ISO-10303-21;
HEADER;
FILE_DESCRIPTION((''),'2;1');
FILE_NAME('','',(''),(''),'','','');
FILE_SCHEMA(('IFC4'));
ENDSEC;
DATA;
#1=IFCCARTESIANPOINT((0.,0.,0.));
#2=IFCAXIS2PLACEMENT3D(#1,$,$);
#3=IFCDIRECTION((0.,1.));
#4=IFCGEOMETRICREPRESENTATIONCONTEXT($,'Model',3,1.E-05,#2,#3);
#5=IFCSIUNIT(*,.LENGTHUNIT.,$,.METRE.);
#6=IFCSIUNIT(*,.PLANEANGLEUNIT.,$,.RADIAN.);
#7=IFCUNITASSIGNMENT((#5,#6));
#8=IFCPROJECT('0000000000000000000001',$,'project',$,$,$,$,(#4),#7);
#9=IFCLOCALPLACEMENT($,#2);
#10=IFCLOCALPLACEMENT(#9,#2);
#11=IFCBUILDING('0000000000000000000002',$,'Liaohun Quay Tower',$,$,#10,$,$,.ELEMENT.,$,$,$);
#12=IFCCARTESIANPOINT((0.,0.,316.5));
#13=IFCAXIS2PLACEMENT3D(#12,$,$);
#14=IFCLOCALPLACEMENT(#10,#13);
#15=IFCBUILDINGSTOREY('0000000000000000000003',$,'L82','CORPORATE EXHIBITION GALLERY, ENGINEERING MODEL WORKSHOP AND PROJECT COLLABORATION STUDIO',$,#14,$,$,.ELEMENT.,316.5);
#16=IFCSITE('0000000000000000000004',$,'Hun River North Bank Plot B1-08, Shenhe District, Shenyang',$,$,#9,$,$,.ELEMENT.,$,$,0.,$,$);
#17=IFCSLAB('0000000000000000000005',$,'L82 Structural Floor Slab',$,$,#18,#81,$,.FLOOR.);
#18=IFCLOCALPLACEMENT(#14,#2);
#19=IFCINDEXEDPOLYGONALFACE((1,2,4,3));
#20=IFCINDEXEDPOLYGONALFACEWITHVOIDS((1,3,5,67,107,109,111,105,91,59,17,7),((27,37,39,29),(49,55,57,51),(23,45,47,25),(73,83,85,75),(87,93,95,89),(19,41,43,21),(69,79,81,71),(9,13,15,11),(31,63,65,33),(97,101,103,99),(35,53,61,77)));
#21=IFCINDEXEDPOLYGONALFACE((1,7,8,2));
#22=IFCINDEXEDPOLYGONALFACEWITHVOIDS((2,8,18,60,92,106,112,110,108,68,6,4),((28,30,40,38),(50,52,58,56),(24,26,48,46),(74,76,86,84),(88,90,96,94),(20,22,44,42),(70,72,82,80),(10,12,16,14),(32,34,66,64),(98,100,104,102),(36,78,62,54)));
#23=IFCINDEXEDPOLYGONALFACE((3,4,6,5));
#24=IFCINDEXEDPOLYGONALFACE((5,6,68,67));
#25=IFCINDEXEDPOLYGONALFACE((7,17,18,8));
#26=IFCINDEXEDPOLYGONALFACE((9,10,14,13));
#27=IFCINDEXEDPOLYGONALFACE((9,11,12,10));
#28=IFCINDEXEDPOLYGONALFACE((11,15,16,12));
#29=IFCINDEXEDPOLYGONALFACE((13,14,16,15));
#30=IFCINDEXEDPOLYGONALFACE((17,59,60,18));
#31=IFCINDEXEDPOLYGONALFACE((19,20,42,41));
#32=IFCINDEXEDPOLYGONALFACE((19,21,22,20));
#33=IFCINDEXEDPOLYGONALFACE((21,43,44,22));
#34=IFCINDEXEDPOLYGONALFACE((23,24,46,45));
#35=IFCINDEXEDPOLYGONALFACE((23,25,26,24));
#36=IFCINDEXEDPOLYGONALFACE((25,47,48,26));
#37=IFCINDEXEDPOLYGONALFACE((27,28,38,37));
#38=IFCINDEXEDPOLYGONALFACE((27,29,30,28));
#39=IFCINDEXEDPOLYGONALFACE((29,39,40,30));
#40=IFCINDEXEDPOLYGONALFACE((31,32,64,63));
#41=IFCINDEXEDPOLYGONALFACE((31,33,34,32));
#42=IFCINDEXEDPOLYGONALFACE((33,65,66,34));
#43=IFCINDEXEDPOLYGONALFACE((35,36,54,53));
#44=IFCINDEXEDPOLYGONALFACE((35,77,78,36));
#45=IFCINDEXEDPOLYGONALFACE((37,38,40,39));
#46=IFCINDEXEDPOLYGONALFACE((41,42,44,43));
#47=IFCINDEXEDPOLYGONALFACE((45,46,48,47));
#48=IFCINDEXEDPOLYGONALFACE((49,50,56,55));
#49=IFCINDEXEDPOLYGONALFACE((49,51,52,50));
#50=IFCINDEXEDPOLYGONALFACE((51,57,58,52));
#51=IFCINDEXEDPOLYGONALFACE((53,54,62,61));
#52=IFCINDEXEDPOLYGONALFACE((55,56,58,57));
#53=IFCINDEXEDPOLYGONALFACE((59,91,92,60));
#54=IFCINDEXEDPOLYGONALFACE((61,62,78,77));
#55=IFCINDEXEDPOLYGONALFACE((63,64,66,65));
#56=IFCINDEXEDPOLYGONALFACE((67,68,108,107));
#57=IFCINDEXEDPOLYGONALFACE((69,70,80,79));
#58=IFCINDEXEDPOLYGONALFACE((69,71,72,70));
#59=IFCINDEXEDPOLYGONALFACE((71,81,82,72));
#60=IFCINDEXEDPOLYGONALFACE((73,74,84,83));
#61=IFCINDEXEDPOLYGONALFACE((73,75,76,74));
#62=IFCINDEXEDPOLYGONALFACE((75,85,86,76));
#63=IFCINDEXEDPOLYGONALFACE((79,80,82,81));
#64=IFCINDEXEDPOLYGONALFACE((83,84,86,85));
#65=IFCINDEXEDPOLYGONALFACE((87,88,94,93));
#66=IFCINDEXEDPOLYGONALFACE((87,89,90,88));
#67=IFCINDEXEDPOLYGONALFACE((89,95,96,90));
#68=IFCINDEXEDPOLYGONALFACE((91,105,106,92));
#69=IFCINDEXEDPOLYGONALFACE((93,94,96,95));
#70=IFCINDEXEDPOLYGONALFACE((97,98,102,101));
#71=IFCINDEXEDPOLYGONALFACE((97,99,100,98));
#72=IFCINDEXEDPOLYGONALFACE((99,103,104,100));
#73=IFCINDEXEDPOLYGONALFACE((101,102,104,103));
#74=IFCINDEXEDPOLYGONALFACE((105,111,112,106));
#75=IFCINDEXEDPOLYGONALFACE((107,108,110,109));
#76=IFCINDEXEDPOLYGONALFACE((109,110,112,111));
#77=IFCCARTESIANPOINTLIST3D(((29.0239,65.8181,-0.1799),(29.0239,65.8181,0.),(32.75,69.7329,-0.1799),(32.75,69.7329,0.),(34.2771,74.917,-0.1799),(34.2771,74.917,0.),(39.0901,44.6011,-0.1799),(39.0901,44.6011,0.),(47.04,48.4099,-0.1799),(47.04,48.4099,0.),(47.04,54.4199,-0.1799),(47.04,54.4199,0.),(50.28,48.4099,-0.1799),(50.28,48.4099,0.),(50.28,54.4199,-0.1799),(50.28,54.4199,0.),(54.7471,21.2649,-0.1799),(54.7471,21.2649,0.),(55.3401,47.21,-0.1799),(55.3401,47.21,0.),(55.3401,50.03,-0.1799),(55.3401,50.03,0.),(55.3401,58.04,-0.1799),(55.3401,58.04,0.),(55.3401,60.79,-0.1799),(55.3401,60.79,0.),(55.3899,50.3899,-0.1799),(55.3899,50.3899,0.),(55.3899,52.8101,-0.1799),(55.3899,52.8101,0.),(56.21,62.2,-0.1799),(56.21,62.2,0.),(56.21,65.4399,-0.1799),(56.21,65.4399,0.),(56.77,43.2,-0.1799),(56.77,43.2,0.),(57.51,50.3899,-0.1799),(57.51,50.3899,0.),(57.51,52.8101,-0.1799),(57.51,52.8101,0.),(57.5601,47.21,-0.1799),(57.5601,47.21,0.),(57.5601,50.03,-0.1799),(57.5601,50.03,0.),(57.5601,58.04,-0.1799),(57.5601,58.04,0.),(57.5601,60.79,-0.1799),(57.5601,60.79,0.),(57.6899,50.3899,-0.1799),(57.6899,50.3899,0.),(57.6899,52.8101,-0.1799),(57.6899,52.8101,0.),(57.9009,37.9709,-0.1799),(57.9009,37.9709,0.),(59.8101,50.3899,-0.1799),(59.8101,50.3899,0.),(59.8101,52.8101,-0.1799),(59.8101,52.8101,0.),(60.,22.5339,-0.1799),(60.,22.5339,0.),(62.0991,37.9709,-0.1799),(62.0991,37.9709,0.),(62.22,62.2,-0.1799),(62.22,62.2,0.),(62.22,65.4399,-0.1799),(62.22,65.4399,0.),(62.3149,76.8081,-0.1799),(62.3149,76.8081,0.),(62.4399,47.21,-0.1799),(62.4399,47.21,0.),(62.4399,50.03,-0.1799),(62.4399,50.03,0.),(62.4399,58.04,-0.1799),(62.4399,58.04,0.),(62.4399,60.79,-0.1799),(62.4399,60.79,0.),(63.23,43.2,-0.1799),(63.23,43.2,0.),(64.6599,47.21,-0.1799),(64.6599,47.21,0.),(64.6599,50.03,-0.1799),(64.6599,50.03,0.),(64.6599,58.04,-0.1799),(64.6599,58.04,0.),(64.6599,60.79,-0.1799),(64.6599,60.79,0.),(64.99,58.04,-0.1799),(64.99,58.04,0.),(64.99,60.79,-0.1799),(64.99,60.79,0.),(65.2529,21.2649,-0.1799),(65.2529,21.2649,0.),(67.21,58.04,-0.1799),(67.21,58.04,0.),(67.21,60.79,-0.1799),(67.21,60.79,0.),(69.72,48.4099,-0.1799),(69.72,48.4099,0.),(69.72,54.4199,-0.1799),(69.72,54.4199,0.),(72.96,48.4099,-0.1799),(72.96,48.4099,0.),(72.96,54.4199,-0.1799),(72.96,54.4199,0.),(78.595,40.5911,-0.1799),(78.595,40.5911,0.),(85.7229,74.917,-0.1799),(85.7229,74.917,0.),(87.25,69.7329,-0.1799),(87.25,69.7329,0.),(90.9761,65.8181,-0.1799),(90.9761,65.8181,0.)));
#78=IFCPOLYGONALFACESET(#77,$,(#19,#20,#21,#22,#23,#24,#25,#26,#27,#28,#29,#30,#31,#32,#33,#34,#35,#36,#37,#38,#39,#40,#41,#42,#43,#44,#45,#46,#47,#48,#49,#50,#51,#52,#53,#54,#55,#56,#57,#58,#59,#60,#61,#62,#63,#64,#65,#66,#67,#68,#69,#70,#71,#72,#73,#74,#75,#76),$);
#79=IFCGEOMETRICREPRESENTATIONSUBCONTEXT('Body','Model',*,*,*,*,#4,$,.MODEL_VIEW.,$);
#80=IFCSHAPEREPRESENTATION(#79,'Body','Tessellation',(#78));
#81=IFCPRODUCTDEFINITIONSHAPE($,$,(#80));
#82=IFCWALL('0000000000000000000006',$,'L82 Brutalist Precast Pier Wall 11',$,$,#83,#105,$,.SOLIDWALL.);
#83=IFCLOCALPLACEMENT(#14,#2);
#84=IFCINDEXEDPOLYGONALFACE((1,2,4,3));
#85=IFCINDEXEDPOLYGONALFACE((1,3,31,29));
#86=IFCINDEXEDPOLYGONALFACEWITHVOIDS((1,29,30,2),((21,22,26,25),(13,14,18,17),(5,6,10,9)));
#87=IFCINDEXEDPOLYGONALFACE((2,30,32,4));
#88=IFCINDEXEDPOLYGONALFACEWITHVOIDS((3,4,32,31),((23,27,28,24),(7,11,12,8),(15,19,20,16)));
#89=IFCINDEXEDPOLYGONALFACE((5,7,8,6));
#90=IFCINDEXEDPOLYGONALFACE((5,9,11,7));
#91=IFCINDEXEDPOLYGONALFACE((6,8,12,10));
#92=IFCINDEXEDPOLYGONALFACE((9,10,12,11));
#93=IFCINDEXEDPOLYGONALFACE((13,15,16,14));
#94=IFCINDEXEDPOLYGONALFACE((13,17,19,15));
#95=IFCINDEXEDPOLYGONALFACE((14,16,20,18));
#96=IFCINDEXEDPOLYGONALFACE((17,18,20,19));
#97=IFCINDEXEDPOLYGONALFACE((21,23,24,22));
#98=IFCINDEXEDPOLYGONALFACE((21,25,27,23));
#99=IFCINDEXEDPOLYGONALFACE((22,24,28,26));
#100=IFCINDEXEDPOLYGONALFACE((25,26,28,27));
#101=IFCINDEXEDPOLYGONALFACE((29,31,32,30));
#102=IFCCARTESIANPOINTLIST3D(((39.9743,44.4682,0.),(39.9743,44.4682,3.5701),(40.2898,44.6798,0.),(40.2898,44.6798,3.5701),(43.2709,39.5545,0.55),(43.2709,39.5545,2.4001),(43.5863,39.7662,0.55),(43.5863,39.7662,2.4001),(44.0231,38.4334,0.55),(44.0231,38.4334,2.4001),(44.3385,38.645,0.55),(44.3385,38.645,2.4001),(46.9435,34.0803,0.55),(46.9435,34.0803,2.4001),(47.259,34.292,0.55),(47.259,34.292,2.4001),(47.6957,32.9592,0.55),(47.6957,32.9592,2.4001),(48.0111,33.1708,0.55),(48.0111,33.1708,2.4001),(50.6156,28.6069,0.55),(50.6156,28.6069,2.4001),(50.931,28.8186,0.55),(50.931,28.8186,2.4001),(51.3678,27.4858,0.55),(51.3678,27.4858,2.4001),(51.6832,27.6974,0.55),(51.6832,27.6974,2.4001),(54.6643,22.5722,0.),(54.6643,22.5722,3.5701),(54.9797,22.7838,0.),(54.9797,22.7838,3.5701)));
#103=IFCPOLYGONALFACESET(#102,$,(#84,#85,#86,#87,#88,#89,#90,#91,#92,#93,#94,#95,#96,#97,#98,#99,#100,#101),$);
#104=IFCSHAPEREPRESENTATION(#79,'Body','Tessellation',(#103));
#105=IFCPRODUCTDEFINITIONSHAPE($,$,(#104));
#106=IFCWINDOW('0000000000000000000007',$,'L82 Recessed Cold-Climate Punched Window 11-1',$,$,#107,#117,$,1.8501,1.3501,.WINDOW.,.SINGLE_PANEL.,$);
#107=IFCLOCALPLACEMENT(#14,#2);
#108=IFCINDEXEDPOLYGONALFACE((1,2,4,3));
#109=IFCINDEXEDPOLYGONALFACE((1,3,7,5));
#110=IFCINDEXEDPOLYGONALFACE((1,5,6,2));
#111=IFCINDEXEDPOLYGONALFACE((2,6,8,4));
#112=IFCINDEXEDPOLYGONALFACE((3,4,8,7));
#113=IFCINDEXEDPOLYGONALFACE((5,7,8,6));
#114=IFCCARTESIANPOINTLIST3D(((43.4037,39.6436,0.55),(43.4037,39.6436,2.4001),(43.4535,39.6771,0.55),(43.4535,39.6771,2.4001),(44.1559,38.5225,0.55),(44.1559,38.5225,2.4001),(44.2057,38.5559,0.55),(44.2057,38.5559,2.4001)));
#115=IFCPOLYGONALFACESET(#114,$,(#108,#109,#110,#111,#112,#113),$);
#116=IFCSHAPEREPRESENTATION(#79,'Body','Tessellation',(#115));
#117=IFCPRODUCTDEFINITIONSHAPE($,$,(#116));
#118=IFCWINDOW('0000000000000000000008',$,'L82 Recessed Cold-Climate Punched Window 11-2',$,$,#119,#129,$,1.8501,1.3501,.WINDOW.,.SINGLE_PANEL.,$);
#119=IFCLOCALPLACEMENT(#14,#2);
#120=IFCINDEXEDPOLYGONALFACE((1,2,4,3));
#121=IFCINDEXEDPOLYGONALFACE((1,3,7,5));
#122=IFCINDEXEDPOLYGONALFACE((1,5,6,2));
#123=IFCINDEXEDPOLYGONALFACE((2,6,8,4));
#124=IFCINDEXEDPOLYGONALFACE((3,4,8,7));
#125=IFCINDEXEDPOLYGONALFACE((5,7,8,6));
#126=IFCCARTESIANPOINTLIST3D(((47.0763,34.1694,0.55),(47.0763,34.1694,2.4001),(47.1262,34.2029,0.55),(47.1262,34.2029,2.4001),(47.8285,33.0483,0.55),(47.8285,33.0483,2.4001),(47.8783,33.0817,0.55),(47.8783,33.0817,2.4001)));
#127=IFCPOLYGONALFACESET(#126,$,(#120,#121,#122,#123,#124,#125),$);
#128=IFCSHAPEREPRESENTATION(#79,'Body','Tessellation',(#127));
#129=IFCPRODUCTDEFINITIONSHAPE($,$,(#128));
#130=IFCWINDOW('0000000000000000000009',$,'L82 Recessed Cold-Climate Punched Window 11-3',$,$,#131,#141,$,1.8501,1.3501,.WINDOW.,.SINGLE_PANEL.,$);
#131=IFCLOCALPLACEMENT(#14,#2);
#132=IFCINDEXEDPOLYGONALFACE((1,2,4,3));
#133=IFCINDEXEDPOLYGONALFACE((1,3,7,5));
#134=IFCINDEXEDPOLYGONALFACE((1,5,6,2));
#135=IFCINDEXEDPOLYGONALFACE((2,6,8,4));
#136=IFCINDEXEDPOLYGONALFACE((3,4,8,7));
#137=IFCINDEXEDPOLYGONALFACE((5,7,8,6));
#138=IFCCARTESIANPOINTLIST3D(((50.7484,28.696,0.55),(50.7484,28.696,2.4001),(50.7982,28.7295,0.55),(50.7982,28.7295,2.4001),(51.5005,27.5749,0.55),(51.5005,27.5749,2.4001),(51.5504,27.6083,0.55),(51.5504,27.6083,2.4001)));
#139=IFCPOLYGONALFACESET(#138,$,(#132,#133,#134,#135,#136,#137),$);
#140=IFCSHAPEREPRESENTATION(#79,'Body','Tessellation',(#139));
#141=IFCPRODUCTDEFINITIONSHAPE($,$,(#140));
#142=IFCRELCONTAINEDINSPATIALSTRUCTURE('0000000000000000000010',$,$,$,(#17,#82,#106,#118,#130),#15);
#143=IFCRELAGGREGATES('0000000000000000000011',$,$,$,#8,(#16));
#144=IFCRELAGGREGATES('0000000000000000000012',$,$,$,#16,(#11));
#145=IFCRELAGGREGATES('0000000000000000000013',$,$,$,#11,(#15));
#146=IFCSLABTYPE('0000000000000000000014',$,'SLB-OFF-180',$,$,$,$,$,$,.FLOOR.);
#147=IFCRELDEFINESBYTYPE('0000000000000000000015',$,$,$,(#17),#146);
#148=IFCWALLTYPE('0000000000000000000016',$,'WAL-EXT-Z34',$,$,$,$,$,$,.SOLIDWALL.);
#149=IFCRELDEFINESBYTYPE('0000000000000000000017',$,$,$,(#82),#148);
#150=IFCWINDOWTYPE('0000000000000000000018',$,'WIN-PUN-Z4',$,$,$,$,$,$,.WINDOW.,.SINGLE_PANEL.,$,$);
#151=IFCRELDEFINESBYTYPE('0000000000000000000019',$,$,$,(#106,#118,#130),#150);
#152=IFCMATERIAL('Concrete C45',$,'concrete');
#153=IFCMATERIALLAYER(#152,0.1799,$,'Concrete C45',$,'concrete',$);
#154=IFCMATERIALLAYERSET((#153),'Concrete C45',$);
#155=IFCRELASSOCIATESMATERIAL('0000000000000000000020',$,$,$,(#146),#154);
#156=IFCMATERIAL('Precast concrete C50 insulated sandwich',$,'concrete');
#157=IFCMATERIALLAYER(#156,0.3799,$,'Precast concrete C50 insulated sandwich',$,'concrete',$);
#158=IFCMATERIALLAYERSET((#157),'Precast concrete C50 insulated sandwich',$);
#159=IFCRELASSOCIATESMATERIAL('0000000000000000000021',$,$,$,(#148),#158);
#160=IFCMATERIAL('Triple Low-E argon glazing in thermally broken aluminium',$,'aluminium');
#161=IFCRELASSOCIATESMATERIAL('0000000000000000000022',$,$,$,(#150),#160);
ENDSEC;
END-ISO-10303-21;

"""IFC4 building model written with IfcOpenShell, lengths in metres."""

from ifc_helpers import new_model, si_unit, direction, frame, frame_2d, origin, place, context, subcontext, project, spatial, polyline, rectangle, outline, extrude, source, transform, mapped, material, layer, layer_set, type_object, element, fill, save


model = new_model("IFC4")

# Units and contexts
model_context = context("Model", 3, precision=1e-05, world=origin(), true_north=direction((0.0, 1.0)))
body_context = subcontext(model_context, "Body", "Model", "MODEL_VIEW")
ifc_project = project(units=[si_unit("LENGTHUNIT", "METRE"), si_unit("PLANEANGLEUNIT", "RADIAN")], contexts=[model_context])

# Site, building, storey
site_placement = place(None, origin())
site = spatial("IfcSite", under=ifc_project, at=site_placement, Name="Hun River North Bank Plot B1-08, Shenhe District, Shenyang", CompositionType="ELEMENT", RefElevation=0.0)
building_placement = place(site_placement, origin())
building = spatial("IfcBuilding", under=site, at=building_placement, Name="Liaohun Quay Tower", CompositionType="ELEMENT")
storey_placement = place(building_placement, frame((0.0, 0.0, 316.5)))
storey = spatial("IfcBuildingStorey", under=building, at=storey_placement, Name="L82", Description="CORPORATE EXHIBITION GALLERY, ENGINEERING MODEL WORKSHOP AND PROJECT COLLABORATION STUDIO", CompositionType="ELEMENT", Elevation=316.5)

# Shared definitions
ifc_material_1 = material(Name="Concrete C45", Category="concrete")

# Slab
ifc_layer_1 = layer(ifc_material_1, 0.1799, Name="Concrete C45", Category="concrete")
ifc_layer_set_1 = layer_set([ifc_layer_1], Name="Concrete C45")
slab_type_1 = type_object("IfcSlabType", Name="SLB-OFF-180", PredefinedType="FLOOR", material=ifc_layer_set_1)
slab_1_placement = place(storey_placement, frame((0.0, 0.0, -0.1799)))
element("IfcSlab", 1, at=slab_1_placement, inside=storey, type_object=slab_type_1, Name="L82 Structural Floor Slab", PredefinedType="FLOOR", context=body_context, shape_type="SweptSolid", body=[
    extrude(outline(polyline([(54.7471, 21.2649), (60.0, 22.5339), (65.2529, 21.2649), (78.595, 40.5911), (90.9761, 65.8181), (87.25, 69.7329), (85.7229, 74.917), (62.3149, 76.8081), (34.2771, 74.917), (32.75, 69.7329), (29.0239, 65.8181), (39.0901, 44.6011), (54.7471, 21.2649)]), holes=[polyline([(57.5601, 50.03), (55.3401, 50.03), (55.3401, 47.21), (57.5601, 47.21), (57.5601, 50.03)]), polyline([(47.04, 54.4199), (47.04, 48.4099), (50.28, 48.4099), (50.28, 54.4199), (47.04, 54.4199)]), polyline([(57.51, 52.8101), (55.3899, 52.8101), (55.3899, 50.3899), (57.51, 50.3899), (57.51, 52.8101)]), polyline([(59.8101, 50.3899), (59.8101, 52.8101), (57.6899, 52.8101), (57.6899, 50.3899), (59.8101, 50.3899)]), polyline([(57.5601, 58.04), (57.5601, 60.79), (55.3401, 60.79), (55.3401, 58.04), (57.5601, 58.04)]), polyline([(62.22, 65.4399), (56.21, 65.4399), (56.21, 62.2), (62.22, 62.2), (62.22, 65.4399)]), polyline([(62.0991, 37.9709), (63.23, 43.2), (56.77, 43.2), (57.9009, 37.9709), (62.0991, 37.9709)]), polyline([(64.6599, 47.21), (64.6599, 50.03), (62.4399, 50.03), (62.4399, 47.21), (64.6599, 47.21)]), polyline([(69.72, 54.4199), (69.72, 48.4099), (72.96, 48.4099), (72.96, 54.4199), (69.72, 54.4199)]), polyline([(64.6599, 58.04), (64.6599, 60.79), (62.4399, 60.79), (62.4399, 58.04), (64.6599, 58.04)]), polyline([(67.21, 58.04), (67.21, 60.79), (64.99, 60.79), (64.99, 58.04), (67.21, 58.04)])]), origin(), (0.0, 0.0, 1.0), 0.1799),
])

# Wall, openings, windows
ifc_material_2 = material(Name="Precast concrete C50 insulated sandwich", Category="concrete")
ifc_layer_2 = layer(ifc_material_2, 0.3799, Name="Precast concrete C50 insulated sandwich", Category="concrete")
ifc_layer_set_2 = layer_set([ifc_layer_2], Name="Precast concrete C50 insulated sandwich")
wall_type_1 = type_object("IfcWallType", Name="WAL-EXT-Z34", PredefinedType="SOLIDWALL", material=ifc_layer_set_2)
wall_1_placement = place(storey_placement, frame((40.1321, 44.574, 0.0), z_axis=(0.0, 0.0, 1.0), x_axis=(0.557129, -0.830426, 0.0)))
wall_1 = element("IfcWall", 2, at=wall_1_placement, inside=storey, type_object=wall_type_1, Name="L82 Brutalist Precast Pier Wall 11", PredefinedType="SOLIDWALL", context=body_context, shape_type="SweptSolid", body=[
    extrude(rectangle(XDim=26.3672, YDim=0.3799, at=frame_2d((13.1836, 0.0))), origin(), (0.0, 0.0, 1.0), 3.5701),
])
shared_shape_1 = source(origin(), body_context, "Body", "SweptSolid", [
    extrude(rectangle(XDim=1.3501, YDim=1.8501, at=frame_2d((0.675, 0.925))), frame((0.0, 0.2, 0.0), z_axis=(0.0, -1.0, 0.0), x_axis=(1.0, 0.0, 0.0)), (0.0, 0.0, 1.0), 0.3999),
])
opening_1_placement = place(wall_1_placement, frame((5.917, 0.0, 0.55)))
opening_1 = element("IfcOpeningElement", 3, at=opening_1_placement, cuts=wall_1, PredefinedType="OPENING", context=body_context, shape_type="MappedRepresentation", body=[
    mapped(shared_shape_1, transform((0.0, 0.0, 0.0), x_axis=(1.0, 0.0, 0.0), y_axis=(0.0, 1.0, 0.0), z_axis=(0.0, 0.0, 1.0), scale=1.0)),
])
opening_2_placement = place(wall_1_placement, frame((12.509, 0.0, 0.55)))
opening_2 = element("IfcOpeningElement", 4, at=opening_2_placement, cuts=wall_1, PredefinedType="OPENING", context=body_context, shape_type="MappedRepresentation", body=[
    mapped(shared_shape_1, transform((0.0, 0.0, 0.0), x_axis=(1.0, 0.0, 0.0), y_axis=(0.0, 1.0, 0.0), z_axis=(0.0, 0.0, 1.0), scale=1.0)),
])
opening_3_placement = place(wall_1_placement, frame((19.1001, 0.0, 0.55)))
opening_3 = element("IfcOpeningElement", 5, at=opening_3_placement, cuts=wall_1, PredefinedType="OPENING", context=body_context, shape_type="MappedRepresentation", body=[
    mapped(shared_shape_1, transform((0.0, 0.0, 0.0), x_axis=(1.0, 0.0, 0.0), y_axis=(0.0, 1.0, 0.0), z_axis=(0.0, 0.0, 1.0), scale=1.0)),
])
ifc_material_3 = material(Name="Triple Low-E argon glazing in thermally broken aluminium", Category="aluminium")
window_type = type_object("IfcWindowType", Name="WIN-PUN-Z4", PartitioningType="SINGLE_PANEL", PredefinedType="WINDOW", material=ifc_material_3)
shared_shape_2 = source(origin(), body_context, "Body", "SweptSolid", [
    extrude(rectangle(XDim=1.3501, YDim=1.8501, at=frame_2d((0.675, 0.925))), frame((0.0, 0.03, 0.0), z_axis=(0.0, -1.0, 0.0), x_axis=(1.0, 0.0, 0.0)), (0.0, 0.0, 1.0), 0.0601),
])
window_1_placement = place(opening_1_placement, origin())
window_1 = element("IfcWindow", 6, at=window_1_placement, inside=storey, type_object=window_type, Name="L82 Recessed Cold-Climate Punched Window 11-1", OverallHeight=1.8501, OverallWidth=1.3501, PartitioningType="SINGLE_PANEL", PredefinedType="WINDOW", context=body_context, shape_type="MappedRepresentation", body=[
    mapped(shared_shape_2, transform((0.0, 0.0, 0.0), x_axis=(1.0, 0.0, 0.0), y_axis=(0.0, 1.0, 0.0), z_axis=(0.0, 0.0, 1.0), scale=1.0)),
])
fill(opening_1, window_1)
window_2_placement = place(opening_2_placement, origin())
window_2 = element("IfcWindow", 7, at=window_2_placement, inside=storey, type_object=window_type, Name="L82 Recessed Cold-Climate Punched Window 11-2", OverallHeight=1.8501, OverallWidth=1.3501, PartitioningType="SINGLE_PANEL", PredefinedType="WINDOW", context=body_context, shape_type="MappedRepresentation", body=[
    mapped(shared_shape_2, transform((0.0, 0.0, 0.0), x_axis=(1.0, 0.0, 0.0), y_axis=(0.0, 1.0, 0.0), z_axis=(0.0, 0.0, 1.0), scale=1.0)),
])
fill(opening_2, window_2)
window_3_placement = place(opening_3_placement, origin())
window_3 = element("IfcWindow", 8, at=window_3_placement, inside=storey, type_object=window_type, Name="L82 Recessed Cold-Climate Punched Window 11-3", OverallHeight=1.8501, OverallWidth=1.3501, PartitioningType="SINGLE_PANEL", PredefinedType="WINDOW", context=body_context, shape_type="MappedRepresentation", body=[
    mapped(shared_shape_2, transform((0.0, 0.0, 0.0), x_axis=(1.0, 0.0, 0.0), y_axis=(0.0, 1.0, 0.0), z_axis=(0.0, 0.0, 1.0), scale=1.0)),
])
fill(opening_3, window_3)

save(model, "model.ifc")
